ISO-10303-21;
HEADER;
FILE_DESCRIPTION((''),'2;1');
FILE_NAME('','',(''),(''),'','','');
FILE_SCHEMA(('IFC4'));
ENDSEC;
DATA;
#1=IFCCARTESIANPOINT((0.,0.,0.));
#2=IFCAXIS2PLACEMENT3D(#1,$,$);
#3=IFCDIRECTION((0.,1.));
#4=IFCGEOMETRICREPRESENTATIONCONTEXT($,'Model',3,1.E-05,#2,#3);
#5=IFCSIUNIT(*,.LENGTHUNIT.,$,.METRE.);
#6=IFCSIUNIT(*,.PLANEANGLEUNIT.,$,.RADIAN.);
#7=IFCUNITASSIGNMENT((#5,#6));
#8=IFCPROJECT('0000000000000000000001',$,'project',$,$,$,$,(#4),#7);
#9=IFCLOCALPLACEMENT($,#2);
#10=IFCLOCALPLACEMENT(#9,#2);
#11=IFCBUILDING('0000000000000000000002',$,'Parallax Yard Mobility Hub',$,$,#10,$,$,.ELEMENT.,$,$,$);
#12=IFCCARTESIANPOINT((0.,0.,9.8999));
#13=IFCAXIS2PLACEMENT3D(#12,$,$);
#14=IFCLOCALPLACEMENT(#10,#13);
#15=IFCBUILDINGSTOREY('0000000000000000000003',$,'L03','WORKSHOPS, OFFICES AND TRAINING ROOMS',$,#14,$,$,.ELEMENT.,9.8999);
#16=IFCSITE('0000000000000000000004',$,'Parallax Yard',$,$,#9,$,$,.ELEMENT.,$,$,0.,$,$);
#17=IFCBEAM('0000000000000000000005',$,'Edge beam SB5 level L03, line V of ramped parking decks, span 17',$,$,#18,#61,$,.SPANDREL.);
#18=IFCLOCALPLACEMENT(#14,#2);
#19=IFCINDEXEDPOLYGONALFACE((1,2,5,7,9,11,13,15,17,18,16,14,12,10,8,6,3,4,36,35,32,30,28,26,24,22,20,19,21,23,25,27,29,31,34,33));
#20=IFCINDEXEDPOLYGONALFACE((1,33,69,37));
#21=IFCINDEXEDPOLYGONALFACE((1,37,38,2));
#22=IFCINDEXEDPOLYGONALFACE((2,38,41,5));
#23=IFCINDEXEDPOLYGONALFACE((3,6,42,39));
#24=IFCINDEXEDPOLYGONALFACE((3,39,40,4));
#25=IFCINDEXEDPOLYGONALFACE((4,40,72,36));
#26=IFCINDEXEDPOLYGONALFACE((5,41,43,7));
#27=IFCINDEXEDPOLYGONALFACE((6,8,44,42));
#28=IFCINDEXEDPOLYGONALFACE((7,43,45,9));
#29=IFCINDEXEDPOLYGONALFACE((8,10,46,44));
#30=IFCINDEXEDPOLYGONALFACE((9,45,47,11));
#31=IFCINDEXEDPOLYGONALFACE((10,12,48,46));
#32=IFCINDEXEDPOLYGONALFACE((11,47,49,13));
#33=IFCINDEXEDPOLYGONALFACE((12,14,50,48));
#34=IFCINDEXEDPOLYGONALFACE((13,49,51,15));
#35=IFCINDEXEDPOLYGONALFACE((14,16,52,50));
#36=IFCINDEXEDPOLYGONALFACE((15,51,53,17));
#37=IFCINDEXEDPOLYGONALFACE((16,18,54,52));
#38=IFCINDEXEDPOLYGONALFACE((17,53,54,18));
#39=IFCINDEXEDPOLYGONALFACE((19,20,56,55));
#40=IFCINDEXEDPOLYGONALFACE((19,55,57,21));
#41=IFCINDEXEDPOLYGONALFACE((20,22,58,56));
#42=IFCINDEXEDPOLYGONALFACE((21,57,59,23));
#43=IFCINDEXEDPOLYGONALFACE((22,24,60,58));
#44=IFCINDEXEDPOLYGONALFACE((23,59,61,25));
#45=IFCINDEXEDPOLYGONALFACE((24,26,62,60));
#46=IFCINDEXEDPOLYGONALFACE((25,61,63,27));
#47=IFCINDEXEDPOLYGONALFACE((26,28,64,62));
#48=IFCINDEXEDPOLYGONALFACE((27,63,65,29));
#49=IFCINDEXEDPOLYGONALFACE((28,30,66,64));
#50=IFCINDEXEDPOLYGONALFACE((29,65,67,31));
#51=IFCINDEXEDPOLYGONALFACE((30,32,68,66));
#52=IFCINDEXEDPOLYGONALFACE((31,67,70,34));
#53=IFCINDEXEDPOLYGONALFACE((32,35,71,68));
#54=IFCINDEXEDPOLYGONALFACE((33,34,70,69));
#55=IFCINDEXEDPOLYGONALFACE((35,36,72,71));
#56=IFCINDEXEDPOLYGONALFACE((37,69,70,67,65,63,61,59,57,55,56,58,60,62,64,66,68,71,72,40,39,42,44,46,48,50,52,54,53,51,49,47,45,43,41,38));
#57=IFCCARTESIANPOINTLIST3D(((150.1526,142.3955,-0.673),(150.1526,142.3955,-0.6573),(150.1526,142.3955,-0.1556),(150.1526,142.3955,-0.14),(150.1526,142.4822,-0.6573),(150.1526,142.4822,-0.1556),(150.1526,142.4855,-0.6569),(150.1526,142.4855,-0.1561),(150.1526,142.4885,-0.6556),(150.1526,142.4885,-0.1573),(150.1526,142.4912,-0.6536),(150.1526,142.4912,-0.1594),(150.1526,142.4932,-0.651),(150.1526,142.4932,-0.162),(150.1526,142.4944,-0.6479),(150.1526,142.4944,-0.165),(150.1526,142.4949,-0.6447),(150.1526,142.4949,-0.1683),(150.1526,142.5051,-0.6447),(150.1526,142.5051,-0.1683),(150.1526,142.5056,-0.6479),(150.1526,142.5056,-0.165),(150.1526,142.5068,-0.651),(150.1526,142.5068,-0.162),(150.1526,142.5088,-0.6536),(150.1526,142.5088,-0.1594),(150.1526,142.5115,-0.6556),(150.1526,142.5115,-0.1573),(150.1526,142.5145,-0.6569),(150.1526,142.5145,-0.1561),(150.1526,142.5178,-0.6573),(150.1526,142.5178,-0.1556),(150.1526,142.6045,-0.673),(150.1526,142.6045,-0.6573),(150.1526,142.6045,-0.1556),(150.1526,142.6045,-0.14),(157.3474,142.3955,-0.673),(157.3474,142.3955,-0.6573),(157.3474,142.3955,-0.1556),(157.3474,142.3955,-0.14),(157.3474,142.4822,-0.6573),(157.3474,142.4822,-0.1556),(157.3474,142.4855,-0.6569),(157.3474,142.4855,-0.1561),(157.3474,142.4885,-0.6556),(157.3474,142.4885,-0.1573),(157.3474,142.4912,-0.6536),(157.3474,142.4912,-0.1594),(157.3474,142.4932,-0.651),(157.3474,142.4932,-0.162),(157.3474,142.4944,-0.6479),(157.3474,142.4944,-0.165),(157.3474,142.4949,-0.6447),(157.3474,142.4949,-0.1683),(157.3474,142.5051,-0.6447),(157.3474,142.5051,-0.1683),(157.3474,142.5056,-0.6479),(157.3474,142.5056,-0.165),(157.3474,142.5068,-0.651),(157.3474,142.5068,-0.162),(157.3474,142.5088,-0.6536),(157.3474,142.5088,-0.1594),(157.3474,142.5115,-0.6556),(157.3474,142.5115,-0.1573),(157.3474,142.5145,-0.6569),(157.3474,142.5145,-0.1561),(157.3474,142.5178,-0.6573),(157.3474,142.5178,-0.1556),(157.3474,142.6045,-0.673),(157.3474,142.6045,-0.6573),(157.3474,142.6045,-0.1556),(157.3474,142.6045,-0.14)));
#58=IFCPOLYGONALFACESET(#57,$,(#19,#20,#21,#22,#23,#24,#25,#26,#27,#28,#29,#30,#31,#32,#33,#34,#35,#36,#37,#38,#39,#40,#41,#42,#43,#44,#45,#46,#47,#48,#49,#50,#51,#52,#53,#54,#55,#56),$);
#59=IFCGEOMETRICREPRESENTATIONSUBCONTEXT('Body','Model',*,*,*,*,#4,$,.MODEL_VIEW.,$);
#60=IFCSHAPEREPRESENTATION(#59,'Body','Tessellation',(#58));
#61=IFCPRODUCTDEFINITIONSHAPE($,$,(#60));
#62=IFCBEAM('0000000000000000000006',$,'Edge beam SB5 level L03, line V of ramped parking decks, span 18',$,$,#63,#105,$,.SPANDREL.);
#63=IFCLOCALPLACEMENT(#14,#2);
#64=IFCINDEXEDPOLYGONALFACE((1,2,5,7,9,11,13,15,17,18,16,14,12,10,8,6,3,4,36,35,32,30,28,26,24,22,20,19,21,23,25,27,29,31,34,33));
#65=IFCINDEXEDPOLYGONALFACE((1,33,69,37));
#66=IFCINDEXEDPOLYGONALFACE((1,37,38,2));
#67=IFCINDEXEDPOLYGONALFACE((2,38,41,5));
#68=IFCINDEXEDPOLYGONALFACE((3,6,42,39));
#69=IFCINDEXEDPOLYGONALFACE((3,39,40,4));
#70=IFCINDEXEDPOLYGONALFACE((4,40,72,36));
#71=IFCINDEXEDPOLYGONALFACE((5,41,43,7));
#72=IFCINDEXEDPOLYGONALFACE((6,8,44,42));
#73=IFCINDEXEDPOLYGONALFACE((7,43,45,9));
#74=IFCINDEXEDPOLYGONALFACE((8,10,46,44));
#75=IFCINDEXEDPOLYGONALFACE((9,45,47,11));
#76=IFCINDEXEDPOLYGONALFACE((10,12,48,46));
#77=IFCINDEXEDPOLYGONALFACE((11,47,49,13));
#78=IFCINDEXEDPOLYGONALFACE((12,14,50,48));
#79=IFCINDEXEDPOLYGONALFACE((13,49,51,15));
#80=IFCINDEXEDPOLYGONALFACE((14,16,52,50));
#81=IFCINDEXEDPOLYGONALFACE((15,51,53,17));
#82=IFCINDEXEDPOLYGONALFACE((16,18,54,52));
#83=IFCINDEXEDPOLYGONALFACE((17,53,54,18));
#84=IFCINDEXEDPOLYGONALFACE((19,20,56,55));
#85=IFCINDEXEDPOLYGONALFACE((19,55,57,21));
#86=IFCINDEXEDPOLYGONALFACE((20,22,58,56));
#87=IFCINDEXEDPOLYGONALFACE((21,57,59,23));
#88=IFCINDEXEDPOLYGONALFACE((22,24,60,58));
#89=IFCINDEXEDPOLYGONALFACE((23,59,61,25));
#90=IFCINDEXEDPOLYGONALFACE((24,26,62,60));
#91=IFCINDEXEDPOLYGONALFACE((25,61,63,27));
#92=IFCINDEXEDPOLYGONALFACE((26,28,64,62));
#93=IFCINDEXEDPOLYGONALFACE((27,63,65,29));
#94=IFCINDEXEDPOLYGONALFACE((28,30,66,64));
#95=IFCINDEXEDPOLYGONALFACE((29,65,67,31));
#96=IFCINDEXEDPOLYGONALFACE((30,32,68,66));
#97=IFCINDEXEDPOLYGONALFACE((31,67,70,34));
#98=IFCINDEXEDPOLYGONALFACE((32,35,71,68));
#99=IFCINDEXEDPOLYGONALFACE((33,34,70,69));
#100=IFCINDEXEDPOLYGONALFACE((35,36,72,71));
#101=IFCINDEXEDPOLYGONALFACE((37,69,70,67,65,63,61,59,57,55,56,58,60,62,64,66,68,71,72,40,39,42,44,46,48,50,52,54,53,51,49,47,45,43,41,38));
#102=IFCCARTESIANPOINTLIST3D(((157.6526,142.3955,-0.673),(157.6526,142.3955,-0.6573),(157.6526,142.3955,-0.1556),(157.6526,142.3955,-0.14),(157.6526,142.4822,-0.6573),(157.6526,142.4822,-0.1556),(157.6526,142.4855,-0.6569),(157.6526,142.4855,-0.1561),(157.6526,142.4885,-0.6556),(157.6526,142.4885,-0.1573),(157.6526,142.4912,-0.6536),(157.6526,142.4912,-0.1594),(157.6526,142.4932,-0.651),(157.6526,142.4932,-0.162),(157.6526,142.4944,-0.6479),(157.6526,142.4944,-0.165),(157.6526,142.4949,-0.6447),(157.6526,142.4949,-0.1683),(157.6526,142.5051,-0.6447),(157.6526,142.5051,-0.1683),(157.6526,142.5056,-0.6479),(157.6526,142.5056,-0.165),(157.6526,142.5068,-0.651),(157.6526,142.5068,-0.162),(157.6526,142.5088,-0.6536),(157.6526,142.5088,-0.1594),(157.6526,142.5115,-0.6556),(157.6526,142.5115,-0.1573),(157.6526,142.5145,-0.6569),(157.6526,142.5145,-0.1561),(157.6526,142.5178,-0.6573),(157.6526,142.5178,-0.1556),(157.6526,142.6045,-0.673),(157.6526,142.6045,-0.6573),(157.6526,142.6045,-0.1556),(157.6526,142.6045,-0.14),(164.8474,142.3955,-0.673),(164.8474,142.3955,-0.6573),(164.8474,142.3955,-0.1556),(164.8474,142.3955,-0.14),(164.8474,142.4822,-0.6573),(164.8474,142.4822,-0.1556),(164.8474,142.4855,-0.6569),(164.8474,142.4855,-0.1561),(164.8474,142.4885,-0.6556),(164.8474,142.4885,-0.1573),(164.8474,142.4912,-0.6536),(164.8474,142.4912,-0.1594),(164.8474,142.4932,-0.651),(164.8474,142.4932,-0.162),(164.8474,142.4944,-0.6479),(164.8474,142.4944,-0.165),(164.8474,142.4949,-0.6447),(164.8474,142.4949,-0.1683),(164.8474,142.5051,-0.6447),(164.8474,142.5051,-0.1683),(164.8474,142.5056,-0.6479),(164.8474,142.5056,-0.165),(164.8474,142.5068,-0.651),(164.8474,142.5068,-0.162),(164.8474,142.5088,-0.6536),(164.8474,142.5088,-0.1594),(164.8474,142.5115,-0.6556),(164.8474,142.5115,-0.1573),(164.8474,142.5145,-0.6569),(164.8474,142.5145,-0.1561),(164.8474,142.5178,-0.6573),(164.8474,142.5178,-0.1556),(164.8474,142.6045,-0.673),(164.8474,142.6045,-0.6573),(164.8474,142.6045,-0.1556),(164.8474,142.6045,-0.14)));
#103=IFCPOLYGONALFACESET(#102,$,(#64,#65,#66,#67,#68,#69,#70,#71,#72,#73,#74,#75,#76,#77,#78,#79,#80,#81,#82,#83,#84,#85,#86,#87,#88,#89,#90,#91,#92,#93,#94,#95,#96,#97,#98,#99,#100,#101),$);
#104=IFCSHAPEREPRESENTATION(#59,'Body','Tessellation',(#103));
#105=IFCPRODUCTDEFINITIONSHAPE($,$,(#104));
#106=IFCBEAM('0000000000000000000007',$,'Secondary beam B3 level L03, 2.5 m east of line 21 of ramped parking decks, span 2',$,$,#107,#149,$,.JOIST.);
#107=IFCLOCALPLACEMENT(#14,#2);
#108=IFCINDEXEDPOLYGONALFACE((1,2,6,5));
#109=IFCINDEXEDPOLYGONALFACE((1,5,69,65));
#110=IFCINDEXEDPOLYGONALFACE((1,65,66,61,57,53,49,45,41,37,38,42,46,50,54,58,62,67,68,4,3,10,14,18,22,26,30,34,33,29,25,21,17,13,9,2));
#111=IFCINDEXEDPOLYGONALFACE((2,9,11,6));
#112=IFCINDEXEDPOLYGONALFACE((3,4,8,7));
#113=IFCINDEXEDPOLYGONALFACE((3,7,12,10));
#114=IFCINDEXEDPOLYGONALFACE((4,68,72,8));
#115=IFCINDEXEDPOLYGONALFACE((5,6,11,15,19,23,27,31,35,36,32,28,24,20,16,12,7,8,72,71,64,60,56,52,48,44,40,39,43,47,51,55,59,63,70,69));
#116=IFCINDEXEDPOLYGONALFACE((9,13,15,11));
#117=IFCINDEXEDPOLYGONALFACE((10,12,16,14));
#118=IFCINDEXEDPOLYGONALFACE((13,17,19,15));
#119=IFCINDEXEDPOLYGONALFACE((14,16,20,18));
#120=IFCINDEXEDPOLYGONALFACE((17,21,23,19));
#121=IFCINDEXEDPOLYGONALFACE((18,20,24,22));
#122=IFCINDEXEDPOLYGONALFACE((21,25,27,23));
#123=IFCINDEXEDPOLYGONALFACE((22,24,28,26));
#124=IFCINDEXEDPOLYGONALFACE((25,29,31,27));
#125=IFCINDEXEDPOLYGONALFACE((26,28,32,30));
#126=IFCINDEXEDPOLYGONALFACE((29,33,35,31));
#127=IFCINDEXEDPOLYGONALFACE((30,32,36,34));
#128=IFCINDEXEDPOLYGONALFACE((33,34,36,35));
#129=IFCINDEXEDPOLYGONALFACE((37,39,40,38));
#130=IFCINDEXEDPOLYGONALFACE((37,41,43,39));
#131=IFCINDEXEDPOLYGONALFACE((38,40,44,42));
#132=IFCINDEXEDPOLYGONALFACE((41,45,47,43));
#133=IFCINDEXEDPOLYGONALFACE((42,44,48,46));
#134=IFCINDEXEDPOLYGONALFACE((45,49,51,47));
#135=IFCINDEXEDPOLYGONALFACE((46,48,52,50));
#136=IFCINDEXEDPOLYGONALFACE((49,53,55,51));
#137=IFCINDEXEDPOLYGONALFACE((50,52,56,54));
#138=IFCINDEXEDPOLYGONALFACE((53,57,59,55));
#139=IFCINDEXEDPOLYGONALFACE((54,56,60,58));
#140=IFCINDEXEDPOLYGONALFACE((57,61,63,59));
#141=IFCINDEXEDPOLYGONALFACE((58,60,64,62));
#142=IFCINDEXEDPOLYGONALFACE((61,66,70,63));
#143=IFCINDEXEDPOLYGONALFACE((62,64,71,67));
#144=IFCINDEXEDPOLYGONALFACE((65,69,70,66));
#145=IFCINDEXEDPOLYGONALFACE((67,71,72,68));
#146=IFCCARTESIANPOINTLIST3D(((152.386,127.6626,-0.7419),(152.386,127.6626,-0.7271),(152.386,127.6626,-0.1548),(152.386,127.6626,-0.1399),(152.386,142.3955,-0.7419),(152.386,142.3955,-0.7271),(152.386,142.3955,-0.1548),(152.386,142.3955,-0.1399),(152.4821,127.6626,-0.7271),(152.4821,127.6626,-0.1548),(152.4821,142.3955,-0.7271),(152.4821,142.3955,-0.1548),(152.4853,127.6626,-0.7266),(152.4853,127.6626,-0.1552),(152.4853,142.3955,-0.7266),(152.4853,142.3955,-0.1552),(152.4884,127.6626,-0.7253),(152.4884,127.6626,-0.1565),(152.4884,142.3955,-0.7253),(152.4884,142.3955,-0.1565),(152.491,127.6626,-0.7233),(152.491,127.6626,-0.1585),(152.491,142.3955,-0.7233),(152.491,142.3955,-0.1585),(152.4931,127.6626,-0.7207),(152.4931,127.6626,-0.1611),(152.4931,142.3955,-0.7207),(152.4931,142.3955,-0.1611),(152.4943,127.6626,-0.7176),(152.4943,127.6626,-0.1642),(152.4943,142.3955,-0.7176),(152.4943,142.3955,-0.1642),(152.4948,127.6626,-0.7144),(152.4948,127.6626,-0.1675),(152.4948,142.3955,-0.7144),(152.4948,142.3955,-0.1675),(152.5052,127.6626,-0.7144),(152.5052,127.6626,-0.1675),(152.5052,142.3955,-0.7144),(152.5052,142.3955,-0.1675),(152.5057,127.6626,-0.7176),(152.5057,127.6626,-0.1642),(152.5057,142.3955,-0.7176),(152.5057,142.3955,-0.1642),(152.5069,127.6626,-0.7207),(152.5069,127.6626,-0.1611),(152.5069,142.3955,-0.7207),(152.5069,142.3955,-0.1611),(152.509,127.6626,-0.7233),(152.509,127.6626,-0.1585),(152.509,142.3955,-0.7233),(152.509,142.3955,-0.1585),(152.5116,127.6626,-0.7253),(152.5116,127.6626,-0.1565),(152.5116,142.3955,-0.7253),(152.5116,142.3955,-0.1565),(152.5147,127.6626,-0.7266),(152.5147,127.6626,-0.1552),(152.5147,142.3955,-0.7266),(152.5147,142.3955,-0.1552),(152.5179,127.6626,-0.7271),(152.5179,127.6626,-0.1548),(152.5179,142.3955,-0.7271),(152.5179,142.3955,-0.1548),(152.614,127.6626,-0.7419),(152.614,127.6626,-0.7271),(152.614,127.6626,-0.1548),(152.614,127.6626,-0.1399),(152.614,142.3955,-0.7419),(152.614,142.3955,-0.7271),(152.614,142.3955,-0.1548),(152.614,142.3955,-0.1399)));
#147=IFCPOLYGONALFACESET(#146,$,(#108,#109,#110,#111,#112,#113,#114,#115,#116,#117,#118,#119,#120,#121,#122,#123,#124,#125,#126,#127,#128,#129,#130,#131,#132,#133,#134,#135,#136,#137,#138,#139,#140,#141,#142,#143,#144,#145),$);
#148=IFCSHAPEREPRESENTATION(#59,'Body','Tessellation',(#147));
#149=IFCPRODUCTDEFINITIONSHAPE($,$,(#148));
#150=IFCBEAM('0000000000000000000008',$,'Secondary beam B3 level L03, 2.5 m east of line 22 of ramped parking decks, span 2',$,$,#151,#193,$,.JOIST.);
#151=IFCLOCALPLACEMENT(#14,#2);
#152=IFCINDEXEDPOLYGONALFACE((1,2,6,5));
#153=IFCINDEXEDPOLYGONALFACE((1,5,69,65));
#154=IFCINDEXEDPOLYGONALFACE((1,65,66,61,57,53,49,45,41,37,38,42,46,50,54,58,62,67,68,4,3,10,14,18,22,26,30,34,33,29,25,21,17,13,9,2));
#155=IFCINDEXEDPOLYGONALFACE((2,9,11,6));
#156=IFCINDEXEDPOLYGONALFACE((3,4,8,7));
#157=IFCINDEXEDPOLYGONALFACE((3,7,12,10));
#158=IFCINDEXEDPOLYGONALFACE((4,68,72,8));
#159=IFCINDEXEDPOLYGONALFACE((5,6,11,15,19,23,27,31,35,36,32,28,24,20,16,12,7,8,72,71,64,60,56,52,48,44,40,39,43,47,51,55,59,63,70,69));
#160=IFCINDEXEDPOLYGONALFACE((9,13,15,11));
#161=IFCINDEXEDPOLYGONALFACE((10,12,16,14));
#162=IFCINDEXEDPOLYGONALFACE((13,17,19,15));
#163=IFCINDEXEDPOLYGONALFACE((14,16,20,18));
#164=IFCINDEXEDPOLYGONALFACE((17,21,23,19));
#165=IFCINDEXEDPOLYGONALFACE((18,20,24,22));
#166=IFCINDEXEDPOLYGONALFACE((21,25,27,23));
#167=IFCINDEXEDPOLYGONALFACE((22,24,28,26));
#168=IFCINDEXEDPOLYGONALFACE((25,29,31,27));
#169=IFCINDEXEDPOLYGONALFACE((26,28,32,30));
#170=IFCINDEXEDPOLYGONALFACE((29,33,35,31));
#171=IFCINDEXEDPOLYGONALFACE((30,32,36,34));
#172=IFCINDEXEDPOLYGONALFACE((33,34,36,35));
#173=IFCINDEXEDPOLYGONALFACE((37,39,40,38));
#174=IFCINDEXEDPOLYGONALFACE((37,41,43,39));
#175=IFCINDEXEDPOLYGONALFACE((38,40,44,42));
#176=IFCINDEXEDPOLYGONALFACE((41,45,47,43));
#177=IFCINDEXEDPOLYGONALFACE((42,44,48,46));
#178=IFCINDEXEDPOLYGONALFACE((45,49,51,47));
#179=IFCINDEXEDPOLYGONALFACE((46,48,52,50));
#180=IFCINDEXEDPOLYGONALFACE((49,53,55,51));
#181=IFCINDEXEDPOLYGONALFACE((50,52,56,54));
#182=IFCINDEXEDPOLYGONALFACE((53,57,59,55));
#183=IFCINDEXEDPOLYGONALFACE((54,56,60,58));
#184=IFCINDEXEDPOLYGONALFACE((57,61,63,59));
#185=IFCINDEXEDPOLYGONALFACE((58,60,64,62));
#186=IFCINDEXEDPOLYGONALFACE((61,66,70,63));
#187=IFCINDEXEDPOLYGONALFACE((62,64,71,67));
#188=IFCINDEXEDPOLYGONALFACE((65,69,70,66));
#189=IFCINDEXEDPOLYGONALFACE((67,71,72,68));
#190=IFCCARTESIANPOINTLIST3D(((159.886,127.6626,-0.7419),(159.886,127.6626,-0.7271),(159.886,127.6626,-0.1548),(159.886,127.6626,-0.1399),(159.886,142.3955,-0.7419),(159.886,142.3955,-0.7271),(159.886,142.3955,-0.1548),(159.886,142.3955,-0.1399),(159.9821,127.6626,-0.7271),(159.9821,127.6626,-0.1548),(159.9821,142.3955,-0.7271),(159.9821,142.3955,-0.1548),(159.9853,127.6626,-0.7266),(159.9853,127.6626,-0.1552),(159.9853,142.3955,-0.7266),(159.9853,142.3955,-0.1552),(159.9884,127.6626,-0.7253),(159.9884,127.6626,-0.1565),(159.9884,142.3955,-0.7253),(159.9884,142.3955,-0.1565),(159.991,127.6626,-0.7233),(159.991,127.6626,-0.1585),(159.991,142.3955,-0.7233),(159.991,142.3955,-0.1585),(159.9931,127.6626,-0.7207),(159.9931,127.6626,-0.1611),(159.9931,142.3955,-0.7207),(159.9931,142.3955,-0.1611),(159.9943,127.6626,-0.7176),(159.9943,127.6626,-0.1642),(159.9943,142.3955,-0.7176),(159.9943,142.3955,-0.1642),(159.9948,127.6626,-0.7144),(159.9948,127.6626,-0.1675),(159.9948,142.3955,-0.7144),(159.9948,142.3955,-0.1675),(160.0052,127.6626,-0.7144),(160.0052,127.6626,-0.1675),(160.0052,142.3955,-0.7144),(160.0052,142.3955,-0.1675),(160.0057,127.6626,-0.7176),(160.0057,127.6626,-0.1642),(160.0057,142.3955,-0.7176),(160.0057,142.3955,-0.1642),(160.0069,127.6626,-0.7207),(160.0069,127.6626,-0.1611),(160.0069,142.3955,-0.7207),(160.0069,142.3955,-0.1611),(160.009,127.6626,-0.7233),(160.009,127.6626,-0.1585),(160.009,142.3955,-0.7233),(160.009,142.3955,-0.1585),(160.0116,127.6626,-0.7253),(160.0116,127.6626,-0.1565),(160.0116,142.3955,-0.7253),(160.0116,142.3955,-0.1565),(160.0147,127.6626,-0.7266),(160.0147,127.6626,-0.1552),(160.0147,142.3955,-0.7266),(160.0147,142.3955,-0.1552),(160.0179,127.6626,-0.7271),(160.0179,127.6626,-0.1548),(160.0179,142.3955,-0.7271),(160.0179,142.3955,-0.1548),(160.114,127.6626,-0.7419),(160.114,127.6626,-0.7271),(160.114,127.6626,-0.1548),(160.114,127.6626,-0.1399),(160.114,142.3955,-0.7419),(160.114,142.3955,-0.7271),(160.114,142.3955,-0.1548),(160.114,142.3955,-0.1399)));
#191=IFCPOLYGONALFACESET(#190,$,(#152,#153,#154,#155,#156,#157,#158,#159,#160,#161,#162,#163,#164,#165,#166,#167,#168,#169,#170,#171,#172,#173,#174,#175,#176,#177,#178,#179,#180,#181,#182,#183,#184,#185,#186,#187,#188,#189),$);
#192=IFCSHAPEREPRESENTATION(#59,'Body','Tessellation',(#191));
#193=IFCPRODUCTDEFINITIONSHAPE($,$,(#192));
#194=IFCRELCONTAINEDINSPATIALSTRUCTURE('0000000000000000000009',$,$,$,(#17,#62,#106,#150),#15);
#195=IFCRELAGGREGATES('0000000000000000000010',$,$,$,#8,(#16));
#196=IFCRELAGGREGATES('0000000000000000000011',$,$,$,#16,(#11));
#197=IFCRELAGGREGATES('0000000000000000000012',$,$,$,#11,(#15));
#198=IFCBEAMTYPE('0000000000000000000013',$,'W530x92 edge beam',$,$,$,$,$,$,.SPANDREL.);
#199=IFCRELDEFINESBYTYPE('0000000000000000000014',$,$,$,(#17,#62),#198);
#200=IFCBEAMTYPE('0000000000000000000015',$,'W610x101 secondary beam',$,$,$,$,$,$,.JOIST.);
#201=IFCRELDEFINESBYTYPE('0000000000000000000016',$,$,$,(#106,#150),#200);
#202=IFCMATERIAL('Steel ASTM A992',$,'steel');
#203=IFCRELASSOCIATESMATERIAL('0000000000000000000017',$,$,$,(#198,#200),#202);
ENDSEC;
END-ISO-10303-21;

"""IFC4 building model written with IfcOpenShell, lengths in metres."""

from ifc_helpers import new_model, si_unit, direction, frame, origin, origin_2d, place, context, subcontext, project, spatial, i_section, extrude, material, material_profile, profile_set, type_object, element, save


model = new_model("IFC4")

# Units and contexts
model_context = context("Model", 3, precision=1e-05, world=origin(), true_north=direction((0.0, 1.0)))
body_context = subcontext(model_context, "Body", "Model", "MODEL_VIEW")
ifc_project = project(units=[si_unit("LENGTHUNIT", "METRE"), si_unit("PLANEANGLEUNIT", "RADIAN")], contexts=[model_context])

# Site, building, storey
site_placement = place(None, origin())
site = spatial("IfcSite", under=ifc_project, at=site_placement, Name="Parallax Yard", CompositionType="ELEMENT", RefElevation=0.0)
building_placement = place(site_placement, origin())
building = spatial("IfcBuilding", under=site, at=building_placement, Name="Parallax Yard Mobility Hub", CompositionType="ELEMENT")
storey_placement = place(building_placement, frame((0.0, 0.0, 9.8999)))
storey = spatial("IfcBuildingStorey", under=building, at=storey_placement, Name="L03", Description="WORKSHOPS, OFFICES AND TRAINING ROOMS", CompositionType="ELEMENT", Elevation=9.8999)

# Shared definitions
ifc_material_1 = material(Name="Steel ASTM A992", Category="steel")

# Beams
ifc_material_profile_1 = material_profile(ifc_material_1, i_section(OverallWidth=0.209, OverallDepth=0.533, WebThickness=0.0103, FlangeThickness=0.0156, FilletRadius=0.0127, at=origin_2d()), Name="W530x92")
ifc_profile_set_1 = profile_set([ifc_material_profile_1], Name="Steel ASTM A992")
beam_type_1 = type_object("IfcBeamType", Name="W530x92 edge beam", PredefinedType="SPANDREL", material=ifc_profile_set_1)
for number, where, z_axis, x_axis, name in (
    (1, (150.1526, 142.5, -0.4065), (1.0, 0.0, 0.0), (0.0, 1.0, 0.0), "Edge beam SB5 level L03, line V of ramped parking decks, span 17"),
    (2, (157.6526, 142.5, -0.4065), (1.0, 0.0, 0.0), (0.0, 1.0, 0.0), "Edge beam SB5 level L03, line V of ramped parking decks, span 18"),
):
    element("IfcBeam", number, at=place(storey_placement, frame(where, z_axis=z_axis, x_axis=x_axis)), inside=storey, type_object=beam_type_1, Name=name, PredefinedType="SPANDREL", context=body_context, shape_type="SweptSolid", body=[
        extrude(i_section(OverallWidth=0.209, OverallDepth=0.533, WebThickness=0.0103, FlangeThickness=0.0156, FilletRadius=0.0127, at=origin_2d()), origin(), (0.0, 0.0, 1.0), 7.1948),
    ])
ifc_material_profile_2 = material_profile(ifc_material_1, i_section(OverallWidth=0.228, OverallDepth=0.6021, WebThickness=0.0105, FlangeThickness=0.0149, FilletRadius=0.0127, at=origin_2d()), Name="W610x101")
ifc_profile_set_2 = profile_set([ifc_material_profile_2], Name="Steel ASTM A992")
beam_type_2 = type_object("IfcBeamType", Name="W610x101 secondary beam", PredefinedType="JOIST", material=ifc_profile_set_2)
for number, where, z_axis, x_axis, name in (
    (3, (152.5, 127.6626, -0.4409), (0.0, 1.0, 0.0), (-1.0, 0.0, 0.0), "Secondary beam B3 level L03, 2.5 m east of line 21 of ramped parking decks, span 2"),
    (4, (160.0, 127.6626, -0.4409), (0.0, 1.0, 0.0), (-1.0, 0.0, 0.0), "Secondary beam B3 level L03, 2.5 m east of line 22 of ramped parking decks, span 2"),
):
    element("IfcBeam", number, at=place(storey_placement, frame(where, z_axis=z_axis, x_axis=x_axis)), inside=storey, type_object=beam_type_2, Name=name, PredefinedType="JOIST", context=body_context, shape_type="SweptSolid", body=[
        extrude(i_section(OverallWidth=0.228, OverallDepth=0.6021, WebThickness=0.0105, FlangeThickness=0.0149, FilletRadius=0.0127, at=origin_2d()), origin(), (0.0, 0.0, 1.0), 14.7329),
    ])

save(model, "model.ifc")
